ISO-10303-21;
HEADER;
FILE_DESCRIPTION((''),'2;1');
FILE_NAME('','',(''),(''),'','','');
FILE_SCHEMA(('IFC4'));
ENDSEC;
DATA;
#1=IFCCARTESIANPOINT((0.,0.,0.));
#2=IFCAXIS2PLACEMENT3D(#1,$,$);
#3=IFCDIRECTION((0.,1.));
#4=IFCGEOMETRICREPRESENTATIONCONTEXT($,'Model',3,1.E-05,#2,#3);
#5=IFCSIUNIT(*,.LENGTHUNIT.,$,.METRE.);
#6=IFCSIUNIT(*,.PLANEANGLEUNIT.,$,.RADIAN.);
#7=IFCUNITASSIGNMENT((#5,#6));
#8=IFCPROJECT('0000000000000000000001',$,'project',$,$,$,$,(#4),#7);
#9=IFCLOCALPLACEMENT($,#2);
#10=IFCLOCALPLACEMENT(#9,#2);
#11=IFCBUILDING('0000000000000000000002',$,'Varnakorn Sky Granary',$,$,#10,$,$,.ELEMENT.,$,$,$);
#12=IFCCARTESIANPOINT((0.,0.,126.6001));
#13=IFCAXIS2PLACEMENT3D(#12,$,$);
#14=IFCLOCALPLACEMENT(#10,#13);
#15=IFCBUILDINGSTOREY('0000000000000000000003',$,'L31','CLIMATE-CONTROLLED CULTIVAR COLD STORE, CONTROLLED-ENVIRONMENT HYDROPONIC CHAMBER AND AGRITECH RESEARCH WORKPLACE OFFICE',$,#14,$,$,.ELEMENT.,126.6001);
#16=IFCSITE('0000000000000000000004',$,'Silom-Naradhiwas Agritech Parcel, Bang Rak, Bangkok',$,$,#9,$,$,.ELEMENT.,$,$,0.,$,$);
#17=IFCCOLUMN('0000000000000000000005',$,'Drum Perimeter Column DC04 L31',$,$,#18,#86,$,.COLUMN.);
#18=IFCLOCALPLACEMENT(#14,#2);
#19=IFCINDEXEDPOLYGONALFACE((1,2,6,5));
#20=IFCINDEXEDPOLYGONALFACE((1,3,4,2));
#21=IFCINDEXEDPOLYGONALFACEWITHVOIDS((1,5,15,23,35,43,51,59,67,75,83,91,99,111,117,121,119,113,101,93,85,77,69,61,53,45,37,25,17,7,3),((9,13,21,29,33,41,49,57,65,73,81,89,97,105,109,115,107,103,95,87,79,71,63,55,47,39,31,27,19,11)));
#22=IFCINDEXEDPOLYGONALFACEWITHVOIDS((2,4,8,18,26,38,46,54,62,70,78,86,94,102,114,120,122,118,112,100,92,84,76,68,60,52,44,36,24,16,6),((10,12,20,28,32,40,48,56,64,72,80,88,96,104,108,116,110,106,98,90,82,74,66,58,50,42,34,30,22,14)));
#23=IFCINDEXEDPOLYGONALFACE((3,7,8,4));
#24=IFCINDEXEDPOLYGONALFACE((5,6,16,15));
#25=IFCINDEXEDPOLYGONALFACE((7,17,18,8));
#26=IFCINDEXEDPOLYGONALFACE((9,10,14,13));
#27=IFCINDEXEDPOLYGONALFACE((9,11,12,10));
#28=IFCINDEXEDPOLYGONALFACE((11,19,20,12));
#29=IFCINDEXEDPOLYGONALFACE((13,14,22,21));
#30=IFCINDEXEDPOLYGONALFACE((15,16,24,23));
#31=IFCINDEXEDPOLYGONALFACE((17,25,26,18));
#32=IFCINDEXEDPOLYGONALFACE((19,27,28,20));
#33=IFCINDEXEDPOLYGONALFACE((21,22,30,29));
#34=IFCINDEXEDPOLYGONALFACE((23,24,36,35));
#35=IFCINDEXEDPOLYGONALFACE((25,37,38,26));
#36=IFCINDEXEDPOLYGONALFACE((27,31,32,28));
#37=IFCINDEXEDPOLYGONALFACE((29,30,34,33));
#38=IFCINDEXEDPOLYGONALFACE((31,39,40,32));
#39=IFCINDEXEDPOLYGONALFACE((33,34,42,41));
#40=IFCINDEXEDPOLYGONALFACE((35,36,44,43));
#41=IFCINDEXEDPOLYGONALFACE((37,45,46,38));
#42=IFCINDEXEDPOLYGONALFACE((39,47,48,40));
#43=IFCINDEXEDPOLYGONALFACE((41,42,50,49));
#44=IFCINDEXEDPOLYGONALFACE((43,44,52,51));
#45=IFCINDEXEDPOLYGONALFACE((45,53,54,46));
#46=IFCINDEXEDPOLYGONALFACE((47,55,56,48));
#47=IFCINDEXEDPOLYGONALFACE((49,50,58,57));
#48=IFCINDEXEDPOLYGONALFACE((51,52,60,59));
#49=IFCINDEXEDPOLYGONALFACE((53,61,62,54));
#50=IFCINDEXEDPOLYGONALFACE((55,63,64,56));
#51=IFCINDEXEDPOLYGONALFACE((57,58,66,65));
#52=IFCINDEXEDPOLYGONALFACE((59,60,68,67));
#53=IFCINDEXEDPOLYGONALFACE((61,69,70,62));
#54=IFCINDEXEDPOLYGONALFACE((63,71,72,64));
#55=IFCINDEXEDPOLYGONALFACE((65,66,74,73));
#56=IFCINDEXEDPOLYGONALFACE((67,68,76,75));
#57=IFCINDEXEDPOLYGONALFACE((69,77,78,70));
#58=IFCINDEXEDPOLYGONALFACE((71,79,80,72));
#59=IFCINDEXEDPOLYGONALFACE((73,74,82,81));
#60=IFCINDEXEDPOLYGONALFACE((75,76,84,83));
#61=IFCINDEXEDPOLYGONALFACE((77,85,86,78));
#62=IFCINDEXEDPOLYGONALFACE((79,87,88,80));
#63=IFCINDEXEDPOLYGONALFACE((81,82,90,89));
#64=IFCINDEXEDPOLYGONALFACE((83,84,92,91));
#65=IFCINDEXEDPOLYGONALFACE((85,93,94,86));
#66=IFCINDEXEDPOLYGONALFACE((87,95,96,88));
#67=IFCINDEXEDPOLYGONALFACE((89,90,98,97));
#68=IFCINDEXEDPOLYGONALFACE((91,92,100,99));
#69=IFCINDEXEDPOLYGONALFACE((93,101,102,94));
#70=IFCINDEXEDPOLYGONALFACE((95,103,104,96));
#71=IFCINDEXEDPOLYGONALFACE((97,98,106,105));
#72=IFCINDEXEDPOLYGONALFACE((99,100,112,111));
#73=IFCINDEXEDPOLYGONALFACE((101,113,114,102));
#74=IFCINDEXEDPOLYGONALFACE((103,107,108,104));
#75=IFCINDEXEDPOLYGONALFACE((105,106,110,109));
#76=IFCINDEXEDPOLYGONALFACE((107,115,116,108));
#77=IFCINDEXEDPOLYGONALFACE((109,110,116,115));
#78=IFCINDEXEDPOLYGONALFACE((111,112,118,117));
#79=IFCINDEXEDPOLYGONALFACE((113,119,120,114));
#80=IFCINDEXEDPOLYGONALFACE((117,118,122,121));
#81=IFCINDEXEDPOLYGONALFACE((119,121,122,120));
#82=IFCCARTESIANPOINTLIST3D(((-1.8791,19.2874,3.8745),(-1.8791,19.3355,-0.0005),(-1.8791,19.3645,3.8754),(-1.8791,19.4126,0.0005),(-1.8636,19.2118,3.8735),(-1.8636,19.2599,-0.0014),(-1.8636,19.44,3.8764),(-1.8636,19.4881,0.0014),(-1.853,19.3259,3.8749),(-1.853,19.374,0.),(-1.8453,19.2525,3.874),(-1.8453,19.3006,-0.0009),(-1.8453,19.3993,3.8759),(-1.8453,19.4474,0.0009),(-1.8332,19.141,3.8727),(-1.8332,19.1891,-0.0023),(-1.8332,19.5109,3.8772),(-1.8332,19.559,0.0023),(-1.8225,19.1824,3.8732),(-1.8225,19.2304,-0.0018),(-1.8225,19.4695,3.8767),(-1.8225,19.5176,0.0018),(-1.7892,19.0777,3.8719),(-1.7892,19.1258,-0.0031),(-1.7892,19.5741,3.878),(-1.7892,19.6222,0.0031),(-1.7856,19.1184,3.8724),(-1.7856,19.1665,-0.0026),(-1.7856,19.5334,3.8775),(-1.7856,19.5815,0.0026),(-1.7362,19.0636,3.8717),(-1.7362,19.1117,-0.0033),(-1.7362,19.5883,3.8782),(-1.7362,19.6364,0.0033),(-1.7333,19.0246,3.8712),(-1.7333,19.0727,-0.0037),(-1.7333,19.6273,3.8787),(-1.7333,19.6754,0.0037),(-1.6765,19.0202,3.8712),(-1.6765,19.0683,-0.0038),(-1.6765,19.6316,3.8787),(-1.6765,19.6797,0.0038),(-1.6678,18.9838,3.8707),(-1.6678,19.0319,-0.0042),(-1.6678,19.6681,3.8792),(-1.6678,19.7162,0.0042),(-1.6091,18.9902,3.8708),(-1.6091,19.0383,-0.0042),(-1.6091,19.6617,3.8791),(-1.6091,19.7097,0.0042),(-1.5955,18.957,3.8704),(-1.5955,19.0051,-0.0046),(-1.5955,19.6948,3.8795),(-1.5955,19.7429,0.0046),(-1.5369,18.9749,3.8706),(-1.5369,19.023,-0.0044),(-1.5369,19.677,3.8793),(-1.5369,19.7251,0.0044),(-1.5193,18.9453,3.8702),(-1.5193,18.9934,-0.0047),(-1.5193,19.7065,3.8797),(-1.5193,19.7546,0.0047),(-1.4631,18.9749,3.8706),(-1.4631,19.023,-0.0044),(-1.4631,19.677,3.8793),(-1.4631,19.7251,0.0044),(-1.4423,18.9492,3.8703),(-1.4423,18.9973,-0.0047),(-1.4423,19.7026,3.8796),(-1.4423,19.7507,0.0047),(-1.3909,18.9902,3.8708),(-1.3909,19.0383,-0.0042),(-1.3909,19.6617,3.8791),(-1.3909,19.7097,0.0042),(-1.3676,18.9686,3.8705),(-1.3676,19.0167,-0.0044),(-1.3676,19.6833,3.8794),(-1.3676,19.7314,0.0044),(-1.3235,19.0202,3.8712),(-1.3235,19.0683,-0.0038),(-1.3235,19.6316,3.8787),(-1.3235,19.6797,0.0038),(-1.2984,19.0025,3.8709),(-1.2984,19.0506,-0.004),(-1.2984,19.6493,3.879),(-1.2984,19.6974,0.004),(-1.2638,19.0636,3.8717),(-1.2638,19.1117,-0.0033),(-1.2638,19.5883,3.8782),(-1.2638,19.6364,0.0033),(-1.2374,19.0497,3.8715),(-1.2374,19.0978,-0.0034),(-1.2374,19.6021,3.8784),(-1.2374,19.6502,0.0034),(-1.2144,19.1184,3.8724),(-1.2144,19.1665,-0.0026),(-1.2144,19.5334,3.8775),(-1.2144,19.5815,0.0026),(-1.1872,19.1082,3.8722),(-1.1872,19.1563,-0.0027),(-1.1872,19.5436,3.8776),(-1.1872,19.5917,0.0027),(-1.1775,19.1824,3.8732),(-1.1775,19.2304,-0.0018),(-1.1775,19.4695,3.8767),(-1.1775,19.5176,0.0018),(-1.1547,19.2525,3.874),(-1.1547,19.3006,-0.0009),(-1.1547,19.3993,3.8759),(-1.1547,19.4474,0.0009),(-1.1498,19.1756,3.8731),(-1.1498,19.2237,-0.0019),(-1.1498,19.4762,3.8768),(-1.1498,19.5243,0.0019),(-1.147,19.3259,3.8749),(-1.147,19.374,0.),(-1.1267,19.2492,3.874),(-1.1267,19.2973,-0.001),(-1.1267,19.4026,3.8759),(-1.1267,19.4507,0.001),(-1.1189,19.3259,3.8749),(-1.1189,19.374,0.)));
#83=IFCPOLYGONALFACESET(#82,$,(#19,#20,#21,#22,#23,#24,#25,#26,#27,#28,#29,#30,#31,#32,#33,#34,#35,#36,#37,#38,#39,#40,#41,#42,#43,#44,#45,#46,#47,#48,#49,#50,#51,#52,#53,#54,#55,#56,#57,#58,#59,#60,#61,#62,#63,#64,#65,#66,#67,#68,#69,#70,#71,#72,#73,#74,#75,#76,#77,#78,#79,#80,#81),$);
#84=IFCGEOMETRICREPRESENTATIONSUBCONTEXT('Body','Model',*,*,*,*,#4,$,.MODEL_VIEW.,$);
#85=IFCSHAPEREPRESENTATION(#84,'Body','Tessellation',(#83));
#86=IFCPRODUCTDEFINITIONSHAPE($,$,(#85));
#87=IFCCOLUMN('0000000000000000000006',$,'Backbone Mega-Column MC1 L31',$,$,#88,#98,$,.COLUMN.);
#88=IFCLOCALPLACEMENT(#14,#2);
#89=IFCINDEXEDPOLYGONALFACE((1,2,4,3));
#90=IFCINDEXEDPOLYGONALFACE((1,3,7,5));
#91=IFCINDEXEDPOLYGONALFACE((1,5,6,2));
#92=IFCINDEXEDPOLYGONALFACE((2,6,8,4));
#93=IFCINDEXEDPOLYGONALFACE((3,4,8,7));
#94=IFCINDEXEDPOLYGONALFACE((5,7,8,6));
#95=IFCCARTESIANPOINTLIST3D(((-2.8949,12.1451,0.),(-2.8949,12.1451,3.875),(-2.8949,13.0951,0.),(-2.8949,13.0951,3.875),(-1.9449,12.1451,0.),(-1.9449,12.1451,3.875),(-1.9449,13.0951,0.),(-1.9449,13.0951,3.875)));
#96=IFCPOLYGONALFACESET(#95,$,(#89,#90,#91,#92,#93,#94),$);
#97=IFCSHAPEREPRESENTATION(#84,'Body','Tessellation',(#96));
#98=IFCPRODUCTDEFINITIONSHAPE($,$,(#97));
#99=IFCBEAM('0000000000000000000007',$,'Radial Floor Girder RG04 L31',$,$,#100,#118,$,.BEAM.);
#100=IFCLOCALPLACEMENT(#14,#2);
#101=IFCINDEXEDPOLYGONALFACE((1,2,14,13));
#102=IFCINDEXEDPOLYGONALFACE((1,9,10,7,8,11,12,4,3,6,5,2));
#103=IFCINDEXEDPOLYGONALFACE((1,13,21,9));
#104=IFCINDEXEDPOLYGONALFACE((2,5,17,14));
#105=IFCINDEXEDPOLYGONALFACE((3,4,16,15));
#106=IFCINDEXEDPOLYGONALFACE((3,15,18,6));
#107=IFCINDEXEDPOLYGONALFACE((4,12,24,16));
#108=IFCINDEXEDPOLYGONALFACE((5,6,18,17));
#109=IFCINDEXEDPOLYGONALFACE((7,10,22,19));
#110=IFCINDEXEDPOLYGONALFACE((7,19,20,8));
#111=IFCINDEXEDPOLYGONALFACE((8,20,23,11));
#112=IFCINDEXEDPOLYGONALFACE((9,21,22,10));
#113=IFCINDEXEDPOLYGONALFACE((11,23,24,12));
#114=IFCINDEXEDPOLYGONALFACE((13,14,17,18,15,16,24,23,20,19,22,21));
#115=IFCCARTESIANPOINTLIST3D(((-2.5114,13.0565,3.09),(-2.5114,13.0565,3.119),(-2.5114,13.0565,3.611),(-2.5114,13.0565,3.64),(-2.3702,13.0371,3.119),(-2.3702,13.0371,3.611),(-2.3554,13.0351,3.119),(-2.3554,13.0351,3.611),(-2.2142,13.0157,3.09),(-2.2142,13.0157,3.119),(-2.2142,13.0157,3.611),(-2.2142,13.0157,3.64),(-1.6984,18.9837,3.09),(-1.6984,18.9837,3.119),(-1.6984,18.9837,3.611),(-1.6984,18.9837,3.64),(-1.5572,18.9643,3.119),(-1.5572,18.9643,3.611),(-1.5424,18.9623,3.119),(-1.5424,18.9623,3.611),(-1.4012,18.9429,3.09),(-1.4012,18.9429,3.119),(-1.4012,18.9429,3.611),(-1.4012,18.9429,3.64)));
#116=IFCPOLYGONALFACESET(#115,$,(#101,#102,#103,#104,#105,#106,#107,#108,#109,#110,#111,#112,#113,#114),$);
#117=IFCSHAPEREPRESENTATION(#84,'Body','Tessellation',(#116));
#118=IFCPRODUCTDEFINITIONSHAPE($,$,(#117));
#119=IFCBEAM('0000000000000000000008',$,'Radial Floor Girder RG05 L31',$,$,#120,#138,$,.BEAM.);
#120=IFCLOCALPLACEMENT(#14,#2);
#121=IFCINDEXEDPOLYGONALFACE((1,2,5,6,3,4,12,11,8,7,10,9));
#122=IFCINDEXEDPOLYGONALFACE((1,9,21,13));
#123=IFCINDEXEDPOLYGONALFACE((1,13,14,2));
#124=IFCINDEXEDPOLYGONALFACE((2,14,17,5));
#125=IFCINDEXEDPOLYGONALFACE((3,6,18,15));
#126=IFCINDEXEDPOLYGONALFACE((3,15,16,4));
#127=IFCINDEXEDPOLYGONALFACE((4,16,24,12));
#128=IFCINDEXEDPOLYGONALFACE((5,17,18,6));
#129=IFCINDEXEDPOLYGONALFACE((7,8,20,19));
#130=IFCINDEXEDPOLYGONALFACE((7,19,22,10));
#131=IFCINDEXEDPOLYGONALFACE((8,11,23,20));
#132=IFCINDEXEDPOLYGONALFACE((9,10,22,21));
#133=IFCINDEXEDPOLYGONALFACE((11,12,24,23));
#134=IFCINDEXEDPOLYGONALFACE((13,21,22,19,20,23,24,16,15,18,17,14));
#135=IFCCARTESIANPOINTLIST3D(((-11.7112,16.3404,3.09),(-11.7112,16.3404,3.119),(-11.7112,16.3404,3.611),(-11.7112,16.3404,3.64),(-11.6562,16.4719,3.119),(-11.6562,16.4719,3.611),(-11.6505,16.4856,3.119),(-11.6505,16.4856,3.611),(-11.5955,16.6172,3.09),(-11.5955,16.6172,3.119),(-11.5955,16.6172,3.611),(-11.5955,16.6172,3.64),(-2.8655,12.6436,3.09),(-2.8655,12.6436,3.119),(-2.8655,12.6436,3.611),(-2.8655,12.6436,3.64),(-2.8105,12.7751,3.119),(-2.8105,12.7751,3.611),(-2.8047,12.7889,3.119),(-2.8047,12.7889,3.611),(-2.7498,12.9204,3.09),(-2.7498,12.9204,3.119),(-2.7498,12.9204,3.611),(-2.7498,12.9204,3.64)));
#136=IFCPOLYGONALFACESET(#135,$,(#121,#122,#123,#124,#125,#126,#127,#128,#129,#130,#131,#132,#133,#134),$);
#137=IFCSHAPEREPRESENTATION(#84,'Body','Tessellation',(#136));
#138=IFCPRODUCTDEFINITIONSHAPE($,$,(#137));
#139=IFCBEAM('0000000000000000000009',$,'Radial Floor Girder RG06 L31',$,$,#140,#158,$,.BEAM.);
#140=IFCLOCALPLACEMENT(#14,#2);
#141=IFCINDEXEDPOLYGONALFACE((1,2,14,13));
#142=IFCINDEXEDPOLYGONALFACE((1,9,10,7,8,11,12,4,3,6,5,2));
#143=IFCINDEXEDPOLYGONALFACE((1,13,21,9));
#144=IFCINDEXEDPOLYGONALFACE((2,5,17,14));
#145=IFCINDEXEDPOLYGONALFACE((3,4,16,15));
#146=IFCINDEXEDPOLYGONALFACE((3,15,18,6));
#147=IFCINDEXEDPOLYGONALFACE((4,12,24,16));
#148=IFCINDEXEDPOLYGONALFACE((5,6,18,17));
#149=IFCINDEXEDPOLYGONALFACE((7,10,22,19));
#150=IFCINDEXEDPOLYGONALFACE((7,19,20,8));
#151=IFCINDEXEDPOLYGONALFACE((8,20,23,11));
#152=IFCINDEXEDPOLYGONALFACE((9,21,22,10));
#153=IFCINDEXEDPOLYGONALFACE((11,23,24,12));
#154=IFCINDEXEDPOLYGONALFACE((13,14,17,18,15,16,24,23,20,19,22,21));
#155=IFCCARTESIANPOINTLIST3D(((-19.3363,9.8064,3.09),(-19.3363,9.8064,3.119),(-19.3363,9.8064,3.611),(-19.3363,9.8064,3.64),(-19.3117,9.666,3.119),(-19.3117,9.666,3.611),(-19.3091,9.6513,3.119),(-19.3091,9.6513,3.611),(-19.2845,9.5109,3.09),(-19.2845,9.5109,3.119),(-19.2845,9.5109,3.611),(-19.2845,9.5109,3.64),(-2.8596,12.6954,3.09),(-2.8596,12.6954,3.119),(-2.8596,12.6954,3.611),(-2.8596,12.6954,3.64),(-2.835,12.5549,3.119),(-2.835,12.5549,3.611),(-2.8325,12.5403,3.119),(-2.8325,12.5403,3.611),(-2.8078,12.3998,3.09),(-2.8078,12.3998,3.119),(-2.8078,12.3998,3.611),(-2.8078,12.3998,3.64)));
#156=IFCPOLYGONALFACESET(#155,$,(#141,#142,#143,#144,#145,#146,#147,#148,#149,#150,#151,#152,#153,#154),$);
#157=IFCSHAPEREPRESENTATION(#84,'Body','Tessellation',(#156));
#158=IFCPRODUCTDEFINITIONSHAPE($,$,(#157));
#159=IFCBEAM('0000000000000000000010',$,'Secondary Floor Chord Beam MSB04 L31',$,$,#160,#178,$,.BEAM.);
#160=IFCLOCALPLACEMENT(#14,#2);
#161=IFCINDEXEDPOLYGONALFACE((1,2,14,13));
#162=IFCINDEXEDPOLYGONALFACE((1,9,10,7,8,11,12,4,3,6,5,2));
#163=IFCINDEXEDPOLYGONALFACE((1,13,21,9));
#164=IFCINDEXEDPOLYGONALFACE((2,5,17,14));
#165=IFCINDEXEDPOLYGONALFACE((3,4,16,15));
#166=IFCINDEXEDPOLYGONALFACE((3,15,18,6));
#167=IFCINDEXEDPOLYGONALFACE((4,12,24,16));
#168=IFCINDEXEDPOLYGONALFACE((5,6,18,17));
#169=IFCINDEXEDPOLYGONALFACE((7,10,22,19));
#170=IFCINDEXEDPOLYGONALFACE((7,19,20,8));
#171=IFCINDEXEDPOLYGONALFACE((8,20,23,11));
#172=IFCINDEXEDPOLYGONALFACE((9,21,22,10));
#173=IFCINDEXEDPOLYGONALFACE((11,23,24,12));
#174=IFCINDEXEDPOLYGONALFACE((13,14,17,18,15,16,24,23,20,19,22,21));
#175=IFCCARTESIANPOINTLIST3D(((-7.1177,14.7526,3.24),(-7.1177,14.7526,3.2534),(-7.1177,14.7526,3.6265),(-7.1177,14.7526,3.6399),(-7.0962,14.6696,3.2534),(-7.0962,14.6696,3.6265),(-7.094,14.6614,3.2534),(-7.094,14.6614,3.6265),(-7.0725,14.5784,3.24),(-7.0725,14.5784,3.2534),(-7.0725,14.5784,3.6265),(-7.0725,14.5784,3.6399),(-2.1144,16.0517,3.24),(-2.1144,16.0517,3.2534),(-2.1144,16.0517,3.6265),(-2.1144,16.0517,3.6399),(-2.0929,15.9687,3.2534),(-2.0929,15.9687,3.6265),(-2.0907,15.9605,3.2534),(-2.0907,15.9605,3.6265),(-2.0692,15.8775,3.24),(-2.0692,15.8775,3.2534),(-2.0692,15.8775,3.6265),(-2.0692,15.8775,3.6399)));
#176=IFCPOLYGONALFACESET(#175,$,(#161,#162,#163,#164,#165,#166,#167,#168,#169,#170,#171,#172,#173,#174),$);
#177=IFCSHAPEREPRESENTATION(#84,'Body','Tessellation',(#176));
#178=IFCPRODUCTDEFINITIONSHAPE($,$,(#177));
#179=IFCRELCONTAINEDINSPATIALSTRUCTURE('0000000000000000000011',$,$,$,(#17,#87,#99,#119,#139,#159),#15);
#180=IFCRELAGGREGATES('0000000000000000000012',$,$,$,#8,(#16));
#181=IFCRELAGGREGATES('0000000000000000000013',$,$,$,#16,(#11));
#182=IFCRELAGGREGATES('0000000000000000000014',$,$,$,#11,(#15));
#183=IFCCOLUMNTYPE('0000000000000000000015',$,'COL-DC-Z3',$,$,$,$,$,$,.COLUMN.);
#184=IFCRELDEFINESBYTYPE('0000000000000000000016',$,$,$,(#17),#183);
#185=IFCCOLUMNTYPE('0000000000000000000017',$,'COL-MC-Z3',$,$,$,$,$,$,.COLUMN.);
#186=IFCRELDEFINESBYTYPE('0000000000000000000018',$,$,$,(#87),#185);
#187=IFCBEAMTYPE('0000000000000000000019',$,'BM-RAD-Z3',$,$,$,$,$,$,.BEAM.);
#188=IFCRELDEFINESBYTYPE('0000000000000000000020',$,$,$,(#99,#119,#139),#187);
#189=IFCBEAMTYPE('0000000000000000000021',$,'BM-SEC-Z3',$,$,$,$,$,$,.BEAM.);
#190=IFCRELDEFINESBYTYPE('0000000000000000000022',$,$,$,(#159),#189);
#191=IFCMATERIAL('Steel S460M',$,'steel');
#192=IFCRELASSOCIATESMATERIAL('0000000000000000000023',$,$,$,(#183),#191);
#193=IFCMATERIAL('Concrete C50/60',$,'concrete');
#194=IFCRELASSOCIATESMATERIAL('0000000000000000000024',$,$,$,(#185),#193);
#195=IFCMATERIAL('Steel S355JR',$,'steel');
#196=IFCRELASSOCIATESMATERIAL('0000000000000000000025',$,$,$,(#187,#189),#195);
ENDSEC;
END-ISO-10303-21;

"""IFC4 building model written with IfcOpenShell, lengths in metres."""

from ifc_helpers import new_model, si_unit, direction, frame, origin, origin_2d, place, context, subcontext, project, spatial, rectangle, hollow_circle, i_section, extrude, material, material_profile, profile_set, type_object, element, save


model = new_model("IFC4")

# Units and contexts
model_context = context("Model", 3, precision=1e-05, world=origin(), true_north=direction((0.0, 1.0)))
body_context = subcontext(model_context, "Body", "Model", "MODEL_VIEW")
ifc_project = project(units=[si_unit("LENGTHUNIT", "METRE"), si_unit("PLANEANGLEUNIT", "RADIAN")], contexts=[model_context])

# Site, building, storey
site_placement = place(None, origin())
site = spatial("IfcSite", under=ifc_project, at=site_placement, Name="Silom-Naradhiwas Agritech Parcel, Bang Rak, Bangkok", CompositionType="ELEMENT", RefElevation=0.0)
building_placement = place(site_placement, origin())
building = spatial("IfcBuilding", under=site, at=building_placement, Name="Varnakorn Sky Granary", CompositionType="ELEMENT")
storey_placement = place(building_placement, frame((0.0, 0.0, 126.6001)))
storey = spatial("IfcBuildingStorey", under=building, at=storey_placement, Name="L31", Description="CLIMATE-CONTROLLED CULTIVAR COLD STORE, CONTROLLED-ENVIRONMENT HYDROPONIC CHAMBER AND AGRITECH RESEARCH WORKPLACE OFFICE", CompositionType="ELEMENT", Elevation=126.6001)

# Columns
ifc_material_1 = material(Name="Steel S460M", Category="steel")
ifc_material_profile_1 = material_profile(ifc_material_1, hollow_circle(Radius=0.3811, WallThickness=0.0281, at=origin_2d()), Name="CHS 762x28")
ifc_profile_set_1 = profile_set([ifc_material_profile_1], Name="Steel S460M")
column_type_1 = type_object("IfcColumnType", Name="COL-DC-Z3", PredefinedType="COLUMN", material=ifc_profile_set_1)
column_1_placement = place(storey_placement, frame((-1.5, 19.374, 0.0), z_axis=(0.0, -0.012411, 0.999923), x_axis=(1.0, 0.0, 0.0)))
element("IfcColumn", 1, at=column_1_placement, inside=storey, type_object=column_type_1, Name="Drum Perimeter Column DC04 L31", PredefinedType="COLUMN", context=body_context, shape_type="SweptSolid", body=[
    extrude(hollow_circle(Radius=0.3811, WallThickness=0.0281, at=origin_2d()), origin(), (0.0, 0.0, 1.0), 3.8752),
])
ifc_material_2 = material(Name="Concrete C50/60", Category="concrete")
ifc_material_profile_2 = material_profile(ifc_material_2, rectangle(XDim=0.95, YDim=0.95, at=origin_2d()), Name="RC 950x950")
ifc_profile_set_2 = profile_set([ifc_material_profile_2], Name="Concrete C50/60")
column_type_2 = type_object("IfcColumnType", Name="COL-MC-Z3", PredefinedType="COLUMN", material=ifc_profile_set_2)
column_2_placement = place(storey_placement, frame((-2.4199, 12.6201, 0.0), z_axis=(0.0, 0.0, 1.0), x_axis=(1.0, 0.0, 0.0)))
element("IfcColumn", 2, at=column_2_placement, inside=storey, type_object=column_type_2, Name="Backbone Mega-Column MC1 L31", PredefinedType="COLUMN", context=body_context, shape_type="SweptSolid", body=[
    extrude(rectangle(XDim=0.95, YDim=0.95, at=origin_2d()), origin(), (0.0, 0.0, 1.0), 3.875),
])

# Beams
ifc_material_3 = material(Name="Steel S355JR", Category="steel")
ifc_material_profile_3 = material_profile(ifc_material_3, i_section(OverallWidth=0.3, OverallDepth=0.55, WebThickness=0.0149, FlangeThickness=0.0291, at=origin_2d()), Name="HE 550 B")
ifc_profile_set_3 = profile_set([ifc_material_profile_3], Name="Steel S355JR")
beam_type_1 = type_object("IfcBeamType", Name="BM-RAD-Z3", PredefinedType="BEAM", material=ifc_profile_set_3)
beam_1_placement = place(storey_placement, frame((-2.3628, 13.0361, 3.365), z_axis=(0.135889, 0.990724, 0.0), x_axis=(-0.990724, 0.135889, 0.0)))
element("IfcBeam", 3, at=beam_1_placement, inside=storey, type_object=beam_type_1, Name="Radial Floor Girder RG04 L31", PredefinedType="BEAM", context=body_context, shape_type="SweptSolid", body=[
    extrude(i_section(OverallWidth=0.3, OverallDepth=0.55, WebThickness=0.0149, FlangeThickness=0.0291, at=origin_2d()), origin(), (0.0, 0.0, 1.0), 5.9827),
])
beam_2_placement = place(storey_placement, frame((-2.8076, 12.782, 3.365), z_axis=(-0.922667, 0.385599, 0.0), x_axis=(-0.385599, -0.922667, 0.0)))
element("IfcBeam", 4, at=beam_2_placement, inside=storey, type_object=beam_type_1, Name="Radial Floor Girder RG05 L31", PredefinedType="BEAM", context=body_context, shape_type="SweptSolid", body=[
    extrude(i_section(OverallWidth=0.3, OverallDepth=0.55, WebThickness=0.0149, FlangeThickness=0.0291, at=origin_2d()), origin(), (0.0, 0.0, 1.0), 9.5872),
])
beam_3_placement = place(storey_placement, frame((-2.8337, 12.5476, 3.365), z_axis=(-0.984974, -0.1727, 0.0), x_axis=(0.1727, -0.984974, 0.0)))
element("IfcBeam", 5, at=beam_3_placement, inside=storey, type_object=beam_type_1, Name="Radial Floor Girder RG06 L31", PredefinedType="BEAM", context=body_context, shape_type="SweptSolid", body=[
    extrude(i_section(OverallWidth=0.3, OverallDepth=0.55, WebThickness=0.0149, FlangeThickness=0.0291, at=origin_2d()), origin(), (0.0, 0.0, 1.0), 16.728),
])
ifc_material_profile_4 = material_profile(ifc_material_3, i_section(OverallWidth=0.1799, OverallDepth=0.3999, WebThickness=0.0085, FlangeThickness=0.0134, at=origin_2d()), Name="IPE 400")
ifc_profile_set_4 = profile_set([ifc_material_profile_4], Name="Steel S355JR")
beam_type_2 = type_object("IfcBeamType", Name="BM-SEC-Z3", PredefinedType="BEAM", material=ifc_profile_set_4)
beam_4_placement = place(storey_placement, frame((-2.0918, 15.9646, 3.4399), z_axis=(-0.967905, -0.251316, 0.0), x_axis=(0.251316, -0.967905, 0.0)))
element("IfcBeam", 6, at=beam_4_placement, inside=storey, type_object=beam_type_2, Name="Secondary Floor Chord Beam MSB04 L31", PredefinedType="BEAM", context=body_context, shape_type="SweptSolid", body=[
    extrude(i_section(OverallWidth=0.1799, OverallDepth=0.3999, WebThickness=0.0085, FlangeThickness=0.0134, at=origin_2d()), origin(), (0.0, 0.0, 1.0), 5.1692),
])

save(model, "model.ifc")
